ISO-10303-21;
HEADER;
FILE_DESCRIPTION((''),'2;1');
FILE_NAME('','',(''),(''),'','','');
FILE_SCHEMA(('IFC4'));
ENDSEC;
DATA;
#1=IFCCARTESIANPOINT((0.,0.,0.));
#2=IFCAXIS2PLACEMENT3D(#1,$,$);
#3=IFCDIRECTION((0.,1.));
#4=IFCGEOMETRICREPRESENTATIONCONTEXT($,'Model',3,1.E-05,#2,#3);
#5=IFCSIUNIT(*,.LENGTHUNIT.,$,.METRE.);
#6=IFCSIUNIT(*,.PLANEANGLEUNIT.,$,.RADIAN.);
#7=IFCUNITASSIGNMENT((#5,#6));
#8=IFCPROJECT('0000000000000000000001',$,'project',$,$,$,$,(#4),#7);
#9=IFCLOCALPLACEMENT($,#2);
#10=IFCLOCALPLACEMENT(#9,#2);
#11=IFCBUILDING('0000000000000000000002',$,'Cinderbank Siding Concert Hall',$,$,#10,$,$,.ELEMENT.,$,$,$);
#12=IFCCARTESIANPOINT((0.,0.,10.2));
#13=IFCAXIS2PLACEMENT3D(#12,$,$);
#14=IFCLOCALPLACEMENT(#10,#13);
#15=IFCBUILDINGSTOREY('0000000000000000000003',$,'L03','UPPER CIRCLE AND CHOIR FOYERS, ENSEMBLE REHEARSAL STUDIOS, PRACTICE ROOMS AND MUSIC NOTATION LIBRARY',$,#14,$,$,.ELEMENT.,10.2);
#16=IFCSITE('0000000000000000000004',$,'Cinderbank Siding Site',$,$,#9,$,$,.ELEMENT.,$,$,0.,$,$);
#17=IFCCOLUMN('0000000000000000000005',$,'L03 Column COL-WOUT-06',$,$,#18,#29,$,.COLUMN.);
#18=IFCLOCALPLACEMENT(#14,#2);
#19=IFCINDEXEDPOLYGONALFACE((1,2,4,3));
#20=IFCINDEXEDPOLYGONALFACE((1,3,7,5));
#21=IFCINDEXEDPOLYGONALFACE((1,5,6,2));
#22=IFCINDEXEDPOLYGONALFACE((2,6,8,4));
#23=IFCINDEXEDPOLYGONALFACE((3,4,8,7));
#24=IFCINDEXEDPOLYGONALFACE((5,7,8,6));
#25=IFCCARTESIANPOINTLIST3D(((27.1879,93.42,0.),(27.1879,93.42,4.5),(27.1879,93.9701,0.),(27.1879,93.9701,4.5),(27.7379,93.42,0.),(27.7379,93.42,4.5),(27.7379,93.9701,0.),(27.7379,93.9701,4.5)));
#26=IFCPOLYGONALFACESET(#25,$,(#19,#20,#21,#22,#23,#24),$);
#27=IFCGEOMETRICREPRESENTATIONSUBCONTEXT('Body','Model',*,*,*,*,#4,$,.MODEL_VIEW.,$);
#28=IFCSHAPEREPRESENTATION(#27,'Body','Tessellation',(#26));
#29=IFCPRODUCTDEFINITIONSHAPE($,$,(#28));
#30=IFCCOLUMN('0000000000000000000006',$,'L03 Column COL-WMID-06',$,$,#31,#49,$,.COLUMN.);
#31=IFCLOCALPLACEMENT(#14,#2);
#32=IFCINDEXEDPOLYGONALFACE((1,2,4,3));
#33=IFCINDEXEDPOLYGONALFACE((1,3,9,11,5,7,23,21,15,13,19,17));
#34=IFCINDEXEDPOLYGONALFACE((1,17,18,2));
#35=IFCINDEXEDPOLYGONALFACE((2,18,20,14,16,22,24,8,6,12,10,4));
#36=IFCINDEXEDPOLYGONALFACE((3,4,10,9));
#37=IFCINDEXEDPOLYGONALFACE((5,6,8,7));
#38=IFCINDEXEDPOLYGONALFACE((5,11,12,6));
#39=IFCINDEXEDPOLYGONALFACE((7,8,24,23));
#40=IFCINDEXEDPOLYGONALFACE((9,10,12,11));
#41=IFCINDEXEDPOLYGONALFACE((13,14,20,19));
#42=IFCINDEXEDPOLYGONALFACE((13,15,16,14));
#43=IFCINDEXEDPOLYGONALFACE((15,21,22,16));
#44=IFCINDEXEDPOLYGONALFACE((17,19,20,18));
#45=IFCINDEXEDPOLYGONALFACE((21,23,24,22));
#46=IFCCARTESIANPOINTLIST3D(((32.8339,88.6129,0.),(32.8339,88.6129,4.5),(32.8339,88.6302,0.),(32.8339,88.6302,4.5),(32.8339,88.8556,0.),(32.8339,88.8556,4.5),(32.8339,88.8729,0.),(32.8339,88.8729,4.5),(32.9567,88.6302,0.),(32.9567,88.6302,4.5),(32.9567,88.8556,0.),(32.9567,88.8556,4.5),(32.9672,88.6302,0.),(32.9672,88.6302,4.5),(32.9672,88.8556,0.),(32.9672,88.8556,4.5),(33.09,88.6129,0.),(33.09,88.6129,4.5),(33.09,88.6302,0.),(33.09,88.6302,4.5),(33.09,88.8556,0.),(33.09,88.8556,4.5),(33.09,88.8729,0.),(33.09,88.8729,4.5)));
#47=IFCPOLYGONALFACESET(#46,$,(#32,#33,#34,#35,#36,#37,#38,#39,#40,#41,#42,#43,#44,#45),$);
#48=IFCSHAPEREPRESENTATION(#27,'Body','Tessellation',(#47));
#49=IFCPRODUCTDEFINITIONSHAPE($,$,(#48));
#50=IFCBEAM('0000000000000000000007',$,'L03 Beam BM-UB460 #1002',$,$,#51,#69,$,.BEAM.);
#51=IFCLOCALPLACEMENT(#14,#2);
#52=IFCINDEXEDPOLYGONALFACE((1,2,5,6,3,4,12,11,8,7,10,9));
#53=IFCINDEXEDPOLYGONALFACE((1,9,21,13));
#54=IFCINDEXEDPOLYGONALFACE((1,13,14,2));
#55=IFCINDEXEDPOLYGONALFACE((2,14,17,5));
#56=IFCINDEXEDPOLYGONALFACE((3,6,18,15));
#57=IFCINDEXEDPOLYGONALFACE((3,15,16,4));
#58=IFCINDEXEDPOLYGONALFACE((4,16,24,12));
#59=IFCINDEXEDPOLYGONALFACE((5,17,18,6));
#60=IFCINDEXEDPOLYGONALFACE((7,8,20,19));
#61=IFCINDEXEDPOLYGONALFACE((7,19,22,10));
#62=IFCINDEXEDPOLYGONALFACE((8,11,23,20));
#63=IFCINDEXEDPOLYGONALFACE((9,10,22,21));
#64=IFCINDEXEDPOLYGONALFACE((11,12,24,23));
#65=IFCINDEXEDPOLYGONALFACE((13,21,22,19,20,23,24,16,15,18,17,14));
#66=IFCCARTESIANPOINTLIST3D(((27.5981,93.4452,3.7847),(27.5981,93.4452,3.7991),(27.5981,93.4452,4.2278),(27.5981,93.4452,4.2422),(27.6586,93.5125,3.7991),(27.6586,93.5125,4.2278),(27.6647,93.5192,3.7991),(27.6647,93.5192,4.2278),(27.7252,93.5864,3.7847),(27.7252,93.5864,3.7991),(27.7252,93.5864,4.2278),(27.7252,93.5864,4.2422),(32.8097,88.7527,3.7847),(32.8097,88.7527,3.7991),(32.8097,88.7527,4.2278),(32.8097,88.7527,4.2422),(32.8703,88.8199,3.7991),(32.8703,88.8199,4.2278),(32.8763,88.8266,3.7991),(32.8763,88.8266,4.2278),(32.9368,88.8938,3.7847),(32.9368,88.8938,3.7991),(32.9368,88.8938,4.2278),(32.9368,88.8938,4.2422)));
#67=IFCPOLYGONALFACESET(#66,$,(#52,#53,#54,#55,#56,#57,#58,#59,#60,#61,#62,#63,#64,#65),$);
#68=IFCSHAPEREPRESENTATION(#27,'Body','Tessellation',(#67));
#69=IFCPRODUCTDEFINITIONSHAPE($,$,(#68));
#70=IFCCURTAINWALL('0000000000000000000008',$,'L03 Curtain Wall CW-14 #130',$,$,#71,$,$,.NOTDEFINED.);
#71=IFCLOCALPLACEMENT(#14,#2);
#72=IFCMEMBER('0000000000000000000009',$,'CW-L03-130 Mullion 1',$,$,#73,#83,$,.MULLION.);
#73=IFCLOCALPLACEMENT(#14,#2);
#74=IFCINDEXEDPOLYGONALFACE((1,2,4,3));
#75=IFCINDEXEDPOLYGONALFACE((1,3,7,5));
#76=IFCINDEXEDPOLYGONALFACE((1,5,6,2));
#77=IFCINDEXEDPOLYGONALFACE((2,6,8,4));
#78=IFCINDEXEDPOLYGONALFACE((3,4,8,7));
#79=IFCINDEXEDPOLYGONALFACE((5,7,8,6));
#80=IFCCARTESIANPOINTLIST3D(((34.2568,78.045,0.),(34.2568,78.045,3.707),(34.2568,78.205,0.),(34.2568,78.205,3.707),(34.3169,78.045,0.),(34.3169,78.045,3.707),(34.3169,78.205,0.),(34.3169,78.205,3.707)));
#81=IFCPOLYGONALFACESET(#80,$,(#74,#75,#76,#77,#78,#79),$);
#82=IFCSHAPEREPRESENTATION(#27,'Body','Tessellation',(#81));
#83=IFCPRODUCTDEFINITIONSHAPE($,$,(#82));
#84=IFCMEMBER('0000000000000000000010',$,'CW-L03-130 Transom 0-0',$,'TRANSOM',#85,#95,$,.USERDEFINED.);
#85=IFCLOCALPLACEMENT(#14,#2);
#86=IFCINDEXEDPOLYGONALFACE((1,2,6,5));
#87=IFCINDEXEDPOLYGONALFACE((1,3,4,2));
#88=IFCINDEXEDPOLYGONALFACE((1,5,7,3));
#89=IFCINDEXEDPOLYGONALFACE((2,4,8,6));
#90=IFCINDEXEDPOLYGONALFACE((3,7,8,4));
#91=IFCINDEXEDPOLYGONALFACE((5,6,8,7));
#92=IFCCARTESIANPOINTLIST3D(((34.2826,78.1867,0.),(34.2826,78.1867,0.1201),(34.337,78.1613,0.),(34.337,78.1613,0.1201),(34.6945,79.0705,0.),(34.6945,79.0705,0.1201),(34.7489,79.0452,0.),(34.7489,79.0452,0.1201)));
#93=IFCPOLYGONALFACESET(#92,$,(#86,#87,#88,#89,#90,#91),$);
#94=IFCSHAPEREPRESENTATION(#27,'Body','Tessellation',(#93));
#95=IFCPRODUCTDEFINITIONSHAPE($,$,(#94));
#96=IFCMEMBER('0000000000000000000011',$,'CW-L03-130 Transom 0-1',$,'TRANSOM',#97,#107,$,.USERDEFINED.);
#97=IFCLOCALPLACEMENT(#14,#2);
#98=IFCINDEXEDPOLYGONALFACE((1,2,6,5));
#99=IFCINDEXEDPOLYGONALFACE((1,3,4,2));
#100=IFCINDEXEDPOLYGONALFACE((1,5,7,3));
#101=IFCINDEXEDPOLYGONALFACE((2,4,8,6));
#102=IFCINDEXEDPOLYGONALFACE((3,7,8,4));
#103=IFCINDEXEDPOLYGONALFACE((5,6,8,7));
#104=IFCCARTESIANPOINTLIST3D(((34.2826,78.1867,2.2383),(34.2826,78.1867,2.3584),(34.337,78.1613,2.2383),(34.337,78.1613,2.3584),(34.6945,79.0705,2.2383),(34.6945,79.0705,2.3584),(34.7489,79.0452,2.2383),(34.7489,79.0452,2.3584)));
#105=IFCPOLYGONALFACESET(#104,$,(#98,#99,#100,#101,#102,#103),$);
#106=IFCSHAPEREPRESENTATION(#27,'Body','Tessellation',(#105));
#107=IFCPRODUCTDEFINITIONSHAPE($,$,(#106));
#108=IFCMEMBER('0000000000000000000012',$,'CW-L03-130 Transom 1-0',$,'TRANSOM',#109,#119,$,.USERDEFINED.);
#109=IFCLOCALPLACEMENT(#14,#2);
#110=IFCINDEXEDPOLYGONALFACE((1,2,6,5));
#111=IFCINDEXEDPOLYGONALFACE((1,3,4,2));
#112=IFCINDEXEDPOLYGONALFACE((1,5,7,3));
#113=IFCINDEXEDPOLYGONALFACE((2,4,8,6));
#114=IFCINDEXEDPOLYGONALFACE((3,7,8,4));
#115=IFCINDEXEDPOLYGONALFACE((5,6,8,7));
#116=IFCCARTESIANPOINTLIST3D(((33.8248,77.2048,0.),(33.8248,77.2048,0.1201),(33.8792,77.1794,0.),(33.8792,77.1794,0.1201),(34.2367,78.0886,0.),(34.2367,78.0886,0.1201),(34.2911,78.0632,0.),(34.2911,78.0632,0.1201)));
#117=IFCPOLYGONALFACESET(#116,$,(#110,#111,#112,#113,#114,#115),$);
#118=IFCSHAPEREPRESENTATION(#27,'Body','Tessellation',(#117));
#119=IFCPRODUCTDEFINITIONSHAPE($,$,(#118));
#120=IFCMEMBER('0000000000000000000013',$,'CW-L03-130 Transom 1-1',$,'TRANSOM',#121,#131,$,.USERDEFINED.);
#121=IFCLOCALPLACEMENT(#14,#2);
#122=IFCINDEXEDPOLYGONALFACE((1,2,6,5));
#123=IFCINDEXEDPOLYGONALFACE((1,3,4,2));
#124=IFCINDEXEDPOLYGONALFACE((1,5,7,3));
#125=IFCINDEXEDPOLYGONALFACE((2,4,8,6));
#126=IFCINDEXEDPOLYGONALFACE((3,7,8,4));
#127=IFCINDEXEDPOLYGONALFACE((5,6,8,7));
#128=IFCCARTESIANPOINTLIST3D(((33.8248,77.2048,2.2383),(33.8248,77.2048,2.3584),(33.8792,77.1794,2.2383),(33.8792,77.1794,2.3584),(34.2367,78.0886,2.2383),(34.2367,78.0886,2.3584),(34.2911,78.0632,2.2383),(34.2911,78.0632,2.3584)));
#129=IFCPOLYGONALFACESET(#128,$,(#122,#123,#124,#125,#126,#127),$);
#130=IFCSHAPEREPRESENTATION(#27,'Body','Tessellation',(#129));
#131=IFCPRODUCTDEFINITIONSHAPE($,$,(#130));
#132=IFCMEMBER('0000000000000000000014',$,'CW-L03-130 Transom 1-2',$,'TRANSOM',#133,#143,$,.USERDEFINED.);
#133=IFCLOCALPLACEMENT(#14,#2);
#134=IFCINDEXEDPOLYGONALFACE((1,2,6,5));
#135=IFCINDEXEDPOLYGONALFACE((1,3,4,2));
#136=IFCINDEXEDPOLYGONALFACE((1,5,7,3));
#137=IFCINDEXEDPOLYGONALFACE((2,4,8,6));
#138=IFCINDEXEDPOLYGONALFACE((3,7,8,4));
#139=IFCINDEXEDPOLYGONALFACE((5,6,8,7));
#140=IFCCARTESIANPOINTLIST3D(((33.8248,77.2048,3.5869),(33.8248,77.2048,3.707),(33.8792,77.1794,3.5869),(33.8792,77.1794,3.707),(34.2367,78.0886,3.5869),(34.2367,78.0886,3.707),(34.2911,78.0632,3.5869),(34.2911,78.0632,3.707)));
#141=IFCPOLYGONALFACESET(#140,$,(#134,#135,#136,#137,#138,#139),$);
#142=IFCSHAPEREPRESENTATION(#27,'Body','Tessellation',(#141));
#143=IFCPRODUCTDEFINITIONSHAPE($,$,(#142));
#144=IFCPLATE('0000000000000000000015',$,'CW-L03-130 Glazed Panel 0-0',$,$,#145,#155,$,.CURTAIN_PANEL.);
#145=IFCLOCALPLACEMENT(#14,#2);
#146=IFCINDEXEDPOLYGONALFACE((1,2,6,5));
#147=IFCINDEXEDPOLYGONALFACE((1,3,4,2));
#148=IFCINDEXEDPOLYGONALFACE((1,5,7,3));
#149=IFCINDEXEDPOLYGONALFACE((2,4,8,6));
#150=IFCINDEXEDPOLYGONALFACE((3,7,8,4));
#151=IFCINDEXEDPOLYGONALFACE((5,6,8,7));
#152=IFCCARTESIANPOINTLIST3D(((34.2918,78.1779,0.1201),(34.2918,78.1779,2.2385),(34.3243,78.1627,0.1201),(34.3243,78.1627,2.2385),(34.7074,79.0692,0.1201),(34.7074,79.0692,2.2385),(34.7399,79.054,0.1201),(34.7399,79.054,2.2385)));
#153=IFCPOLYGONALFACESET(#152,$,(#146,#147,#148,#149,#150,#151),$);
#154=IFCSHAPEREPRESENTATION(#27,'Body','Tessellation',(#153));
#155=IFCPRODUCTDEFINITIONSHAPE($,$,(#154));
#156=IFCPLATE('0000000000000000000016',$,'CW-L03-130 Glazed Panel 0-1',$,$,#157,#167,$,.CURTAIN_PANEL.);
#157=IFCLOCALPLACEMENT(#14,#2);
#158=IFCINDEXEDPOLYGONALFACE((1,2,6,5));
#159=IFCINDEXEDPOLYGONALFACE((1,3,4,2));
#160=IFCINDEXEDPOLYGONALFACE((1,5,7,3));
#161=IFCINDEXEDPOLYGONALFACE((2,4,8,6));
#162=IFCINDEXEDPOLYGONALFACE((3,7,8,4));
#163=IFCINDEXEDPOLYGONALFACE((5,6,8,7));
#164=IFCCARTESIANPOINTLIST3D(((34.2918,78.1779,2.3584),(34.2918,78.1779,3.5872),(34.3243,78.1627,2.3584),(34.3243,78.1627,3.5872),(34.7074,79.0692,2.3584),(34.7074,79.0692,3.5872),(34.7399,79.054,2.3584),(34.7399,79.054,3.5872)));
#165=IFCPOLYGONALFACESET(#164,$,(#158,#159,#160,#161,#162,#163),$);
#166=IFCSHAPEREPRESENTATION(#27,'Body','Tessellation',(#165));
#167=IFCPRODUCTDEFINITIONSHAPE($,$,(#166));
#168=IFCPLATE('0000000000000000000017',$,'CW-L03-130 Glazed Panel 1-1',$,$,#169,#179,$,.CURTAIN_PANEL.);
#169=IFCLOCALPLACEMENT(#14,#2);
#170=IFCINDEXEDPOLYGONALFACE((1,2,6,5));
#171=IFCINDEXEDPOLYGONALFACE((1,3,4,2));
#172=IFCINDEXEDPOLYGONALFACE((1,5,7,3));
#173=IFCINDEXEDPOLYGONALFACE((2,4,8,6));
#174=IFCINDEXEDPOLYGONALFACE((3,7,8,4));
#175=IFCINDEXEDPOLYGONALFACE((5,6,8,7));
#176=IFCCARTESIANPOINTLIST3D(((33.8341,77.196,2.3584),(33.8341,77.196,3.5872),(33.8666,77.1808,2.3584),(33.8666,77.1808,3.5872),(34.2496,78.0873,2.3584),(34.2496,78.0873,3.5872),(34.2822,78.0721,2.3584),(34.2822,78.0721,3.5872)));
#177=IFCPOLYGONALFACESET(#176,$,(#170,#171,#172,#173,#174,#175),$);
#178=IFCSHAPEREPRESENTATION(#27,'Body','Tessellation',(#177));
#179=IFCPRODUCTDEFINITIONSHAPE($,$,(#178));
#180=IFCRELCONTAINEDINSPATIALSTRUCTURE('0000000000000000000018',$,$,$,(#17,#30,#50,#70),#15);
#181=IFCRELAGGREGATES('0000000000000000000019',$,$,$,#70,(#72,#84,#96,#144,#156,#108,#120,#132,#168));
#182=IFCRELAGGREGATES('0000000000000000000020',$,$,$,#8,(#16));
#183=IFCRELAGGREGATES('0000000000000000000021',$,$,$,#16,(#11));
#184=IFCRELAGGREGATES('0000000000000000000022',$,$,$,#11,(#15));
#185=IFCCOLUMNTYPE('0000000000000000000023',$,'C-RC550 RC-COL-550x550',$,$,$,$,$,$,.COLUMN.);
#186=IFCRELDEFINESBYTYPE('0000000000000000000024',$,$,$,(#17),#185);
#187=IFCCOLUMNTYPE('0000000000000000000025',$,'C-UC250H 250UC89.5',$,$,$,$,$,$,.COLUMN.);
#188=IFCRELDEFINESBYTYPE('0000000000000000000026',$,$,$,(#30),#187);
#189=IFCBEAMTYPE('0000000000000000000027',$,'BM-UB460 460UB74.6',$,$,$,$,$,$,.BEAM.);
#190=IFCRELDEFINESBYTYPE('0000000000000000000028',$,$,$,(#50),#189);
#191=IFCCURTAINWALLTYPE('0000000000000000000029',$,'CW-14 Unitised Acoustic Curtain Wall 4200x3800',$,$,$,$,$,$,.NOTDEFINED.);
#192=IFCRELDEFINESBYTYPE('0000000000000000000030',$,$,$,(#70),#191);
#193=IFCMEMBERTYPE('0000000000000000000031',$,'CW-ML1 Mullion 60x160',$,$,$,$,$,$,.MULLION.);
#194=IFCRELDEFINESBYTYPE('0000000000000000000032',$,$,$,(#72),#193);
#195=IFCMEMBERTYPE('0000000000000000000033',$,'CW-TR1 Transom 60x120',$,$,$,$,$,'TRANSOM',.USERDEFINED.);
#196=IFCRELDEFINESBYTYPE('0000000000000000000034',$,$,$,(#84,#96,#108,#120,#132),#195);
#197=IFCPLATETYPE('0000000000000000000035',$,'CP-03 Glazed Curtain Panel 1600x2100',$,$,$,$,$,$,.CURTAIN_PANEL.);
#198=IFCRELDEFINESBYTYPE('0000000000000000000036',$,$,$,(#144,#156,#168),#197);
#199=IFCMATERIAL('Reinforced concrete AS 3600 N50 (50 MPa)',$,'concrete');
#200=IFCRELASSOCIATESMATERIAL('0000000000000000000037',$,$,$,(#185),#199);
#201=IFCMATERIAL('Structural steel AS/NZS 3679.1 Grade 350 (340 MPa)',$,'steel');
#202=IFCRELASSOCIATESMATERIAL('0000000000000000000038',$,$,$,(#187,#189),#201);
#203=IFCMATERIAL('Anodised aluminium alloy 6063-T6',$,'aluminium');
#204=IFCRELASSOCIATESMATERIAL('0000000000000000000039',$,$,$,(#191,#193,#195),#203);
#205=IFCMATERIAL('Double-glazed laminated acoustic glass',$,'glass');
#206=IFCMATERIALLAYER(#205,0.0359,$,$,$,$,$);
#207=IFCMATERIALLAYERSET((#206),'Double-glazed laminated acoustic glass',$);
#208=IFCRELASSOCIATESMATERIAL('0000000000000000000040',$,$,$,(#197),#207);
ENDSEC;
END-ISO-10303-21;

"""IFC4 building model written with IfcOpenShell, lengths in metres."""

from ifc_helpers import new_model, si_unit, direction, frame, origin, origin_2d, place, context, subcontext, project, spatial, rectangle, i_section, extrude, material, layer, layer_set, material_profile, profile_set, type_object, element, aggregate, save


model = new_model("IFC4")

# Units and contexts
model_context = context("Model", 3, precision=1e-05, world=origin(), true_north=direction((0.0, 1.0)))
body_context = subcontext(model_context, "Body", "Model", "MODEL_VIEW")
ifc_project = project(units=[si_unit("LENGTHUNIT", "METRE"), si_unit("PLANEANGLEUNIT", "RADIAN")], contexts=[model_context])

# Site, building, storey
site_placement = place(None, origin())
site = spatial("IfcSite", under=ifc_project, at=site_placement, Name="Cinderbank Siding Site", CompositionType="ELEMENT", RefElevation=0.0)
building_placement = place(site_placement, origin())
building = spatial("IfcBuilding", under=site, at=building_placement, Name="Cinderbank Siding Concert Hall", CompositionType="ELEMENT")
storey_placement = place(building_placement, frame((0.0, 0.0, 10.2)))
storey = spatial("IfcBuildingStorey", under=building, at=storey_placement, Name="L03", Description="UPPER CIRCLE AND CHOIR FOYERS, ENSEMBLE REHEARSAL STUDIOS, PRACTICE ROOMS AND MUSIC NOTATION LIBRARY", CompositionType="ELEMENT", Elevation=10.2)

# Columns
ifc_material_1 = material(Name="Reinforced concrete AS 3600 N50 (50 MPa)", Category="concrete")
ifc_material_profile_1 = material_profile(ifc_material_1, rectangle(XDim=0.55, YDim=0.55, at=origin_2d()), Name="RC-COL-550x550", Category="LoadBearing")
ifc_profile_set_1 = profile_set([ifc_material_profile_1], Name="Reinforced concrete AS 3600 N50 (50 MPa)")
column_type_1 = type_object("IfcColumnType", Name="C-RC550 RC-COL-550x550", PredefinedType="COLUMN", material=ifc_profile_set_1)
column_1_placement = place(storey_placement, frame((27.4629, 93.6951, 0.0), z_axis=(0.0, 0.0, 1.0), x_axis=(1.0, 0.0, 0.0)))
element("IfcColumn", 1, at=column_1_placement, inside=storey, type_object=column_type_1, Name="L03 Column COL-WOUT-06", PredefinedType="COLUMN", context=body_context, shape_type="SweptSolid", body=[
    extrude(rectangle(XDim=0.55, YDim=0.55, at=origin_2d()), origin(), (0.0, 0.0, 1.0), 4.5),
])
ifc_material_2 = material(Name="Structural steel AS/NZS 3679.1 Grade 350 (340 MPa)", Category="steel")
ifc_material_profile_2 = material_profile(ifc_material_2, i_section(OverallWidth=0.2561, OverallDepth=0.26, WebThickness=0.0105, FlangeThickness=0.0173, at=origin_2d()), Name="250UC89.5", Category="LoadBearing")
ifc_profile_set_2 = profile_set([ifc_material_profile_2], Name="Structural steel AS/NZS 3679.1 Grade 350 (340 MPa)")
column_type_2 = type_object("IfcColumnType", Name="C-UC250H 250UC89.5", PredefinedType="COLUMN", material=ifc_profile_set_2)
column_2_placement = place(storey_placement, frame((32.9619, 88.7429, 0.0), z_axis=(0.0, 0.0, 1.0), x_axis=(1.0, 0.0, 0.0)))
element("IfcColumn", 2, at=column_2_placement, inside=storey, type_object=column_type_2, Name="L03 Column COL-WMID-06", PredefinedType="COLUMN", context=body_context, shape_type="SweptSolid", body=[
    extrude(i_section(OverallWidth=0.2561, OverallDepth=0.26, WebThickness=0.0105, FlangeThickness=0.0173, at=origin_2d()), origin(), (0.0, 0.0, 1.0), 4.5),
])

# Beam
ifc_material_profile_3 = material_profile(ifc_material_2, i_section(OverallWidth=0.1899, OverallDepth=0.4575, WebThickness=0.009, FlangeThickness=0.0144, at=origin_2d()), Name="460UB74.6", Category="LoadBearing")
ifc_profile_set_3 = profile_set([ifc_material_profile_3], Name="Structural steel AS/NZS 3679.1 Grade 350 (340 MPa)")
beam_type = type_object("IfcBeamType", Name="BM-UB460 460UB74.6", PredefinedType="BEAM", material=ifc_profile_set_3)
beam_placement = place(storey_placement, frame((32.8733, 88.8232, 4.0134), z_axis=(-0.743144, 0.669132, 0.0), x_axis=(-0.669132, -0.743144, 0.0)))
element("IfcBeam", 3, at=beam_placement, inside=storey, type_object=beam_type, Name="L03 Beam BM-UB460 #1002", PredefinedType="BEAM", context=body_context, shape_type="SweptSolid", body=[
    extrude(i_section(OverallWidth=0.1899, OverallDepth=0.4575, WebThickness=0.009, FlangeThickness=0.0144, at=origin_2d()), origin(), (0.0, 0.0, 1.0), 7.0129),
])

# Curtain wall, members, plates
ifc_material_3 = material(Name="Anodised aluminium alloy 6063-T6", Category="aluminium")
curtain_wall_type = type_object("IfcCurtainWallType", Name="CW-14 Unitised Acoustic Curtain Wall 4200x3800", PredefinedType="NOTDEFINED", material=ifc_material_3)
curtain_wall_placement = place(storey_placement, origin())
curtain_wall = element("IfcCurtainWall", 4, at=curtain_wall_placement, inside=storey, type_object=curtain_wall_type, Name="L03 Curtain Wall CW-14 #130", PredefinedType="NOTDEFINED")
ifc_material_profile_4 = material_profile(ifc_material_3, rectangle(XDim=0.0601, YDim=0.1599, at=origin_2d()), Name="ALU-MULL-60x160", Category="LoadBearing")
ifc_profile_set_4 = profile_set([ifc_material_profile_4], Name="Anodised aluminium alloy 6063-T6")
member_type_1 = type_object("IfcMemberType", Name="CW-ML1 Mullion 60x160", PredefinedType="MULLION", material=ifc_profile_set_4)
member_1_placement = place(storey_placement, frame((34.2869, 78.125, 0.0), z_axis=(0.0, 0.0, 1.0), x_axis=(1.0, 0.0, 0.0)))
member_1 = element("IfcMember", 5, at=member_1_placement, type_object=member_type_1, Name="CW-L03-130 Mullion 1", PredefinedType="MULLION", context=body_context, shape_type="SweptSolid", body=[
    extrude(rectangle(XDim=0.0601, YDim=0.1599, at=origin_2d()), origin(), (0.0, 0.0, 1.0), 3.707),
])
ifc_material_profile_5 = material_profile(ifc_material_3, rectangle(XDim=0.0601, YDim=0.1201, at=origin_2d()), Name="ALU-TRAN-60x120", Category="LoadBearing")
ifc_profile_set_5 = profile_set([ifc_material_profile_5], Name="Anodised aluminium alloy 6063-T6")
member_type_2 = type_object("IfcMemberType", Name="CW-TR1 Transom 60x120", ElementType="TRANSOM", PredefinedType="USERDEFINED", material=ifc_profile_set_5)
member_2_placement = place(storey_placement, frame((34.7217, 79.0579, 0.0601), z_axis=(-0.422406, -0.906407, 0.0), x_axis=(0.906407, -0.422406, 0.0)))
member_2 = element("IfcMember", 6, at=member_2_placement, type_object=member_type_2, Name="CW-L03-130 Transom 0-0", ObjectType="TRANSOM", PredefinedType="USERDEFINED", context=body_context, shape_type="SweptSolid", body=[
    extrude(rectangle(XDim=0.0601, YDim=0.1201, at=origin_2d()), origin(), (0.0, 0.0, 1.0), 0.9751),
])
member_3_placement = place(storey_placement, frame((34.7217, 79.0579, 2.2983), z_axis=(-0.422406, -0.906407, 0.0), x_axis=(0.906407, -0.422406, 0.0)))
member_3 = element("IfcMember", 7, at=member_3_placement, type_object=member_type_2, Name="CW-L03-130 Transom 0-1", ObjectType="TRANSOM", PredefinedType="USERDEFINED", context=body_context, shape_type="SweptSolid", body=[
    extrude(rectangle(XDim=0.0601, YDim=0.1201, at=origin_2d()), origin(), (0.0, 0.0, 1.0), 0.9751),
])
member_4_placement = place(storey_placement, frame((34.2639, 78.0759, 0.0601), z_axis=(-0.422406, -0.906407, 0.0), x_axis=(0.906407, -0.422406, 0.0)))
member_4 = element("IfcMember", 8, at=member_4_placement, type_object=member_type_2, Name="CW-L03-130 Transom 1-0", ObjectType="TRANSOM", PredefinedType="USERDEFINED", context=body_context, shape_type="SweptSolid", body=[
    extrude(rectangle(XDim=0.0601, YDim=0.1201, at=origin_2d()), origin(), (0.0, 0.0, 1.0), 0.9751),
])
member_5_placement = place(storey_placement, frame((34.2639, 78.0759, 2.2983), z_axis=(-0.422406, -0.906407, 0.0), x_axis=(0.906407, -0.422406, 0.0)))
member_5 = element("IfcMember", 9, at=member_5_placement, type_object=member_type_2, Name="CW-L03-130 Transom 1-1", ObjectType="TRANSOM", PredefinedType="USERDEFINED", context=body_context, shape_type="SweptSolid", body=[
    extrude(rectangle(XDim=0.0601, YDim=0.1201, at=origin_2d()), origin(), (0.0, 0.0, 1.0), 0.9751),
])
member_6_placement = place(storey_placement, frame((34.2639, 78.0759, 3.647), z_axis=(-0.422406, -0.906407, 0.0), x_axis=(0.906407, -0.422406, 0.0)))
member_6 = element("IfcMember", 10, at=member_6_placement, type_object=member_type_2, Name="CW-L03-130 Transom 1-2", ObjectType="TRANSOM", PredefinedType="USERDEFINED", context=body_context, shape_type="SweptSolid", body=[
    extrude(rectangle(XDim=0.0601, YDim=0.1201, at=origin_2d()), origin(), (0.0, 0.0, 1.0), 0.9751),
])
ifc_material_4 = material(Name="Double-glazed laminated acoustic glass", Category="glass")
ifc_layer_1 = layer(ifc_material_4, 0.0359)
ifc_layer_set_1 = layer_set([ifc_layer_1], Name="Double-glazed laminated acoustic glass")
plate_type = type_object("IfcPlateType", Name="CP-03 Glazed Curtain Panel 1600x2100", PredefinedType="CURTAIN_PANEL", material=ifc_layer_set_1)
plate_1_placement = place(storey_placement, frame((34.5159, 78.616, 0.1201), z_axis=(0.0, 0.0, 1.0), x_axis=(-0.422597, -0.906318, 0.0)))
plate_1 = element("IfcPlate", 11, at=plate_1_placement, type_object=plate_type, Name="CW-L03-130 Glazed Panel 0-0", PredefinedType="CURTAIN_PANEL", context=body_context, shape_type="SweptSolid", body=[
    extrude(rectangle(XDim=0.9834, YDim=0.0359, at=origin_2d()), origin(), (0.0, 0.0, 1.0), 2.1184),
])
plate_2_placement = place(storey_placement, frame((34.5159, 78.616, 2.3584), z_axis=(0.0, 0.0, 1.0), x_axis=(-0.422597, -0.906318, 0.0)))
plate_2 = element("IfcPlate", 12, at=plate_2_placement, type_object=plate_type, Name="CW-L03-130 Glazed Panel 0-1", PredefinedType="CURTAIN_PANEL", context=body_context, shape_type="SweptSolid", body=[
    extrude(rectangle(XDim=0.9834, YDim=0.0359, at=origin_2d()), origin(), (0.0, 0.0, 1.0), 1.2288),
])
plate_3_placement = place(storey_placement, frame((34.0581, 77.634, 2.3584), z_axis=(0.0, 0.0, 1.0), x_axis=(-0.422597, -0.906318, 0.0)))
plate_3 = element("IfcPlate", 13, at=plate_3_placement, type_object=plate_type, Name="CW-L03-130 Glazed Panel 1-1", PredefinedType="CURTAIN_PANEL", context=body_context, shape_type="SweptSolid", body=[
    extrude(rectangle(XDim=0.9834, YDim=0.0359, at=origin_2d()), origin(), (0.0, 0.0, 1.0), 1.2288),
])
aggregate(curtain_wall, [member_1, member_2, member_3, plate_1, plate_2, member_4, member_5, member_6, plate_3])

save(model, "model.ifc")
